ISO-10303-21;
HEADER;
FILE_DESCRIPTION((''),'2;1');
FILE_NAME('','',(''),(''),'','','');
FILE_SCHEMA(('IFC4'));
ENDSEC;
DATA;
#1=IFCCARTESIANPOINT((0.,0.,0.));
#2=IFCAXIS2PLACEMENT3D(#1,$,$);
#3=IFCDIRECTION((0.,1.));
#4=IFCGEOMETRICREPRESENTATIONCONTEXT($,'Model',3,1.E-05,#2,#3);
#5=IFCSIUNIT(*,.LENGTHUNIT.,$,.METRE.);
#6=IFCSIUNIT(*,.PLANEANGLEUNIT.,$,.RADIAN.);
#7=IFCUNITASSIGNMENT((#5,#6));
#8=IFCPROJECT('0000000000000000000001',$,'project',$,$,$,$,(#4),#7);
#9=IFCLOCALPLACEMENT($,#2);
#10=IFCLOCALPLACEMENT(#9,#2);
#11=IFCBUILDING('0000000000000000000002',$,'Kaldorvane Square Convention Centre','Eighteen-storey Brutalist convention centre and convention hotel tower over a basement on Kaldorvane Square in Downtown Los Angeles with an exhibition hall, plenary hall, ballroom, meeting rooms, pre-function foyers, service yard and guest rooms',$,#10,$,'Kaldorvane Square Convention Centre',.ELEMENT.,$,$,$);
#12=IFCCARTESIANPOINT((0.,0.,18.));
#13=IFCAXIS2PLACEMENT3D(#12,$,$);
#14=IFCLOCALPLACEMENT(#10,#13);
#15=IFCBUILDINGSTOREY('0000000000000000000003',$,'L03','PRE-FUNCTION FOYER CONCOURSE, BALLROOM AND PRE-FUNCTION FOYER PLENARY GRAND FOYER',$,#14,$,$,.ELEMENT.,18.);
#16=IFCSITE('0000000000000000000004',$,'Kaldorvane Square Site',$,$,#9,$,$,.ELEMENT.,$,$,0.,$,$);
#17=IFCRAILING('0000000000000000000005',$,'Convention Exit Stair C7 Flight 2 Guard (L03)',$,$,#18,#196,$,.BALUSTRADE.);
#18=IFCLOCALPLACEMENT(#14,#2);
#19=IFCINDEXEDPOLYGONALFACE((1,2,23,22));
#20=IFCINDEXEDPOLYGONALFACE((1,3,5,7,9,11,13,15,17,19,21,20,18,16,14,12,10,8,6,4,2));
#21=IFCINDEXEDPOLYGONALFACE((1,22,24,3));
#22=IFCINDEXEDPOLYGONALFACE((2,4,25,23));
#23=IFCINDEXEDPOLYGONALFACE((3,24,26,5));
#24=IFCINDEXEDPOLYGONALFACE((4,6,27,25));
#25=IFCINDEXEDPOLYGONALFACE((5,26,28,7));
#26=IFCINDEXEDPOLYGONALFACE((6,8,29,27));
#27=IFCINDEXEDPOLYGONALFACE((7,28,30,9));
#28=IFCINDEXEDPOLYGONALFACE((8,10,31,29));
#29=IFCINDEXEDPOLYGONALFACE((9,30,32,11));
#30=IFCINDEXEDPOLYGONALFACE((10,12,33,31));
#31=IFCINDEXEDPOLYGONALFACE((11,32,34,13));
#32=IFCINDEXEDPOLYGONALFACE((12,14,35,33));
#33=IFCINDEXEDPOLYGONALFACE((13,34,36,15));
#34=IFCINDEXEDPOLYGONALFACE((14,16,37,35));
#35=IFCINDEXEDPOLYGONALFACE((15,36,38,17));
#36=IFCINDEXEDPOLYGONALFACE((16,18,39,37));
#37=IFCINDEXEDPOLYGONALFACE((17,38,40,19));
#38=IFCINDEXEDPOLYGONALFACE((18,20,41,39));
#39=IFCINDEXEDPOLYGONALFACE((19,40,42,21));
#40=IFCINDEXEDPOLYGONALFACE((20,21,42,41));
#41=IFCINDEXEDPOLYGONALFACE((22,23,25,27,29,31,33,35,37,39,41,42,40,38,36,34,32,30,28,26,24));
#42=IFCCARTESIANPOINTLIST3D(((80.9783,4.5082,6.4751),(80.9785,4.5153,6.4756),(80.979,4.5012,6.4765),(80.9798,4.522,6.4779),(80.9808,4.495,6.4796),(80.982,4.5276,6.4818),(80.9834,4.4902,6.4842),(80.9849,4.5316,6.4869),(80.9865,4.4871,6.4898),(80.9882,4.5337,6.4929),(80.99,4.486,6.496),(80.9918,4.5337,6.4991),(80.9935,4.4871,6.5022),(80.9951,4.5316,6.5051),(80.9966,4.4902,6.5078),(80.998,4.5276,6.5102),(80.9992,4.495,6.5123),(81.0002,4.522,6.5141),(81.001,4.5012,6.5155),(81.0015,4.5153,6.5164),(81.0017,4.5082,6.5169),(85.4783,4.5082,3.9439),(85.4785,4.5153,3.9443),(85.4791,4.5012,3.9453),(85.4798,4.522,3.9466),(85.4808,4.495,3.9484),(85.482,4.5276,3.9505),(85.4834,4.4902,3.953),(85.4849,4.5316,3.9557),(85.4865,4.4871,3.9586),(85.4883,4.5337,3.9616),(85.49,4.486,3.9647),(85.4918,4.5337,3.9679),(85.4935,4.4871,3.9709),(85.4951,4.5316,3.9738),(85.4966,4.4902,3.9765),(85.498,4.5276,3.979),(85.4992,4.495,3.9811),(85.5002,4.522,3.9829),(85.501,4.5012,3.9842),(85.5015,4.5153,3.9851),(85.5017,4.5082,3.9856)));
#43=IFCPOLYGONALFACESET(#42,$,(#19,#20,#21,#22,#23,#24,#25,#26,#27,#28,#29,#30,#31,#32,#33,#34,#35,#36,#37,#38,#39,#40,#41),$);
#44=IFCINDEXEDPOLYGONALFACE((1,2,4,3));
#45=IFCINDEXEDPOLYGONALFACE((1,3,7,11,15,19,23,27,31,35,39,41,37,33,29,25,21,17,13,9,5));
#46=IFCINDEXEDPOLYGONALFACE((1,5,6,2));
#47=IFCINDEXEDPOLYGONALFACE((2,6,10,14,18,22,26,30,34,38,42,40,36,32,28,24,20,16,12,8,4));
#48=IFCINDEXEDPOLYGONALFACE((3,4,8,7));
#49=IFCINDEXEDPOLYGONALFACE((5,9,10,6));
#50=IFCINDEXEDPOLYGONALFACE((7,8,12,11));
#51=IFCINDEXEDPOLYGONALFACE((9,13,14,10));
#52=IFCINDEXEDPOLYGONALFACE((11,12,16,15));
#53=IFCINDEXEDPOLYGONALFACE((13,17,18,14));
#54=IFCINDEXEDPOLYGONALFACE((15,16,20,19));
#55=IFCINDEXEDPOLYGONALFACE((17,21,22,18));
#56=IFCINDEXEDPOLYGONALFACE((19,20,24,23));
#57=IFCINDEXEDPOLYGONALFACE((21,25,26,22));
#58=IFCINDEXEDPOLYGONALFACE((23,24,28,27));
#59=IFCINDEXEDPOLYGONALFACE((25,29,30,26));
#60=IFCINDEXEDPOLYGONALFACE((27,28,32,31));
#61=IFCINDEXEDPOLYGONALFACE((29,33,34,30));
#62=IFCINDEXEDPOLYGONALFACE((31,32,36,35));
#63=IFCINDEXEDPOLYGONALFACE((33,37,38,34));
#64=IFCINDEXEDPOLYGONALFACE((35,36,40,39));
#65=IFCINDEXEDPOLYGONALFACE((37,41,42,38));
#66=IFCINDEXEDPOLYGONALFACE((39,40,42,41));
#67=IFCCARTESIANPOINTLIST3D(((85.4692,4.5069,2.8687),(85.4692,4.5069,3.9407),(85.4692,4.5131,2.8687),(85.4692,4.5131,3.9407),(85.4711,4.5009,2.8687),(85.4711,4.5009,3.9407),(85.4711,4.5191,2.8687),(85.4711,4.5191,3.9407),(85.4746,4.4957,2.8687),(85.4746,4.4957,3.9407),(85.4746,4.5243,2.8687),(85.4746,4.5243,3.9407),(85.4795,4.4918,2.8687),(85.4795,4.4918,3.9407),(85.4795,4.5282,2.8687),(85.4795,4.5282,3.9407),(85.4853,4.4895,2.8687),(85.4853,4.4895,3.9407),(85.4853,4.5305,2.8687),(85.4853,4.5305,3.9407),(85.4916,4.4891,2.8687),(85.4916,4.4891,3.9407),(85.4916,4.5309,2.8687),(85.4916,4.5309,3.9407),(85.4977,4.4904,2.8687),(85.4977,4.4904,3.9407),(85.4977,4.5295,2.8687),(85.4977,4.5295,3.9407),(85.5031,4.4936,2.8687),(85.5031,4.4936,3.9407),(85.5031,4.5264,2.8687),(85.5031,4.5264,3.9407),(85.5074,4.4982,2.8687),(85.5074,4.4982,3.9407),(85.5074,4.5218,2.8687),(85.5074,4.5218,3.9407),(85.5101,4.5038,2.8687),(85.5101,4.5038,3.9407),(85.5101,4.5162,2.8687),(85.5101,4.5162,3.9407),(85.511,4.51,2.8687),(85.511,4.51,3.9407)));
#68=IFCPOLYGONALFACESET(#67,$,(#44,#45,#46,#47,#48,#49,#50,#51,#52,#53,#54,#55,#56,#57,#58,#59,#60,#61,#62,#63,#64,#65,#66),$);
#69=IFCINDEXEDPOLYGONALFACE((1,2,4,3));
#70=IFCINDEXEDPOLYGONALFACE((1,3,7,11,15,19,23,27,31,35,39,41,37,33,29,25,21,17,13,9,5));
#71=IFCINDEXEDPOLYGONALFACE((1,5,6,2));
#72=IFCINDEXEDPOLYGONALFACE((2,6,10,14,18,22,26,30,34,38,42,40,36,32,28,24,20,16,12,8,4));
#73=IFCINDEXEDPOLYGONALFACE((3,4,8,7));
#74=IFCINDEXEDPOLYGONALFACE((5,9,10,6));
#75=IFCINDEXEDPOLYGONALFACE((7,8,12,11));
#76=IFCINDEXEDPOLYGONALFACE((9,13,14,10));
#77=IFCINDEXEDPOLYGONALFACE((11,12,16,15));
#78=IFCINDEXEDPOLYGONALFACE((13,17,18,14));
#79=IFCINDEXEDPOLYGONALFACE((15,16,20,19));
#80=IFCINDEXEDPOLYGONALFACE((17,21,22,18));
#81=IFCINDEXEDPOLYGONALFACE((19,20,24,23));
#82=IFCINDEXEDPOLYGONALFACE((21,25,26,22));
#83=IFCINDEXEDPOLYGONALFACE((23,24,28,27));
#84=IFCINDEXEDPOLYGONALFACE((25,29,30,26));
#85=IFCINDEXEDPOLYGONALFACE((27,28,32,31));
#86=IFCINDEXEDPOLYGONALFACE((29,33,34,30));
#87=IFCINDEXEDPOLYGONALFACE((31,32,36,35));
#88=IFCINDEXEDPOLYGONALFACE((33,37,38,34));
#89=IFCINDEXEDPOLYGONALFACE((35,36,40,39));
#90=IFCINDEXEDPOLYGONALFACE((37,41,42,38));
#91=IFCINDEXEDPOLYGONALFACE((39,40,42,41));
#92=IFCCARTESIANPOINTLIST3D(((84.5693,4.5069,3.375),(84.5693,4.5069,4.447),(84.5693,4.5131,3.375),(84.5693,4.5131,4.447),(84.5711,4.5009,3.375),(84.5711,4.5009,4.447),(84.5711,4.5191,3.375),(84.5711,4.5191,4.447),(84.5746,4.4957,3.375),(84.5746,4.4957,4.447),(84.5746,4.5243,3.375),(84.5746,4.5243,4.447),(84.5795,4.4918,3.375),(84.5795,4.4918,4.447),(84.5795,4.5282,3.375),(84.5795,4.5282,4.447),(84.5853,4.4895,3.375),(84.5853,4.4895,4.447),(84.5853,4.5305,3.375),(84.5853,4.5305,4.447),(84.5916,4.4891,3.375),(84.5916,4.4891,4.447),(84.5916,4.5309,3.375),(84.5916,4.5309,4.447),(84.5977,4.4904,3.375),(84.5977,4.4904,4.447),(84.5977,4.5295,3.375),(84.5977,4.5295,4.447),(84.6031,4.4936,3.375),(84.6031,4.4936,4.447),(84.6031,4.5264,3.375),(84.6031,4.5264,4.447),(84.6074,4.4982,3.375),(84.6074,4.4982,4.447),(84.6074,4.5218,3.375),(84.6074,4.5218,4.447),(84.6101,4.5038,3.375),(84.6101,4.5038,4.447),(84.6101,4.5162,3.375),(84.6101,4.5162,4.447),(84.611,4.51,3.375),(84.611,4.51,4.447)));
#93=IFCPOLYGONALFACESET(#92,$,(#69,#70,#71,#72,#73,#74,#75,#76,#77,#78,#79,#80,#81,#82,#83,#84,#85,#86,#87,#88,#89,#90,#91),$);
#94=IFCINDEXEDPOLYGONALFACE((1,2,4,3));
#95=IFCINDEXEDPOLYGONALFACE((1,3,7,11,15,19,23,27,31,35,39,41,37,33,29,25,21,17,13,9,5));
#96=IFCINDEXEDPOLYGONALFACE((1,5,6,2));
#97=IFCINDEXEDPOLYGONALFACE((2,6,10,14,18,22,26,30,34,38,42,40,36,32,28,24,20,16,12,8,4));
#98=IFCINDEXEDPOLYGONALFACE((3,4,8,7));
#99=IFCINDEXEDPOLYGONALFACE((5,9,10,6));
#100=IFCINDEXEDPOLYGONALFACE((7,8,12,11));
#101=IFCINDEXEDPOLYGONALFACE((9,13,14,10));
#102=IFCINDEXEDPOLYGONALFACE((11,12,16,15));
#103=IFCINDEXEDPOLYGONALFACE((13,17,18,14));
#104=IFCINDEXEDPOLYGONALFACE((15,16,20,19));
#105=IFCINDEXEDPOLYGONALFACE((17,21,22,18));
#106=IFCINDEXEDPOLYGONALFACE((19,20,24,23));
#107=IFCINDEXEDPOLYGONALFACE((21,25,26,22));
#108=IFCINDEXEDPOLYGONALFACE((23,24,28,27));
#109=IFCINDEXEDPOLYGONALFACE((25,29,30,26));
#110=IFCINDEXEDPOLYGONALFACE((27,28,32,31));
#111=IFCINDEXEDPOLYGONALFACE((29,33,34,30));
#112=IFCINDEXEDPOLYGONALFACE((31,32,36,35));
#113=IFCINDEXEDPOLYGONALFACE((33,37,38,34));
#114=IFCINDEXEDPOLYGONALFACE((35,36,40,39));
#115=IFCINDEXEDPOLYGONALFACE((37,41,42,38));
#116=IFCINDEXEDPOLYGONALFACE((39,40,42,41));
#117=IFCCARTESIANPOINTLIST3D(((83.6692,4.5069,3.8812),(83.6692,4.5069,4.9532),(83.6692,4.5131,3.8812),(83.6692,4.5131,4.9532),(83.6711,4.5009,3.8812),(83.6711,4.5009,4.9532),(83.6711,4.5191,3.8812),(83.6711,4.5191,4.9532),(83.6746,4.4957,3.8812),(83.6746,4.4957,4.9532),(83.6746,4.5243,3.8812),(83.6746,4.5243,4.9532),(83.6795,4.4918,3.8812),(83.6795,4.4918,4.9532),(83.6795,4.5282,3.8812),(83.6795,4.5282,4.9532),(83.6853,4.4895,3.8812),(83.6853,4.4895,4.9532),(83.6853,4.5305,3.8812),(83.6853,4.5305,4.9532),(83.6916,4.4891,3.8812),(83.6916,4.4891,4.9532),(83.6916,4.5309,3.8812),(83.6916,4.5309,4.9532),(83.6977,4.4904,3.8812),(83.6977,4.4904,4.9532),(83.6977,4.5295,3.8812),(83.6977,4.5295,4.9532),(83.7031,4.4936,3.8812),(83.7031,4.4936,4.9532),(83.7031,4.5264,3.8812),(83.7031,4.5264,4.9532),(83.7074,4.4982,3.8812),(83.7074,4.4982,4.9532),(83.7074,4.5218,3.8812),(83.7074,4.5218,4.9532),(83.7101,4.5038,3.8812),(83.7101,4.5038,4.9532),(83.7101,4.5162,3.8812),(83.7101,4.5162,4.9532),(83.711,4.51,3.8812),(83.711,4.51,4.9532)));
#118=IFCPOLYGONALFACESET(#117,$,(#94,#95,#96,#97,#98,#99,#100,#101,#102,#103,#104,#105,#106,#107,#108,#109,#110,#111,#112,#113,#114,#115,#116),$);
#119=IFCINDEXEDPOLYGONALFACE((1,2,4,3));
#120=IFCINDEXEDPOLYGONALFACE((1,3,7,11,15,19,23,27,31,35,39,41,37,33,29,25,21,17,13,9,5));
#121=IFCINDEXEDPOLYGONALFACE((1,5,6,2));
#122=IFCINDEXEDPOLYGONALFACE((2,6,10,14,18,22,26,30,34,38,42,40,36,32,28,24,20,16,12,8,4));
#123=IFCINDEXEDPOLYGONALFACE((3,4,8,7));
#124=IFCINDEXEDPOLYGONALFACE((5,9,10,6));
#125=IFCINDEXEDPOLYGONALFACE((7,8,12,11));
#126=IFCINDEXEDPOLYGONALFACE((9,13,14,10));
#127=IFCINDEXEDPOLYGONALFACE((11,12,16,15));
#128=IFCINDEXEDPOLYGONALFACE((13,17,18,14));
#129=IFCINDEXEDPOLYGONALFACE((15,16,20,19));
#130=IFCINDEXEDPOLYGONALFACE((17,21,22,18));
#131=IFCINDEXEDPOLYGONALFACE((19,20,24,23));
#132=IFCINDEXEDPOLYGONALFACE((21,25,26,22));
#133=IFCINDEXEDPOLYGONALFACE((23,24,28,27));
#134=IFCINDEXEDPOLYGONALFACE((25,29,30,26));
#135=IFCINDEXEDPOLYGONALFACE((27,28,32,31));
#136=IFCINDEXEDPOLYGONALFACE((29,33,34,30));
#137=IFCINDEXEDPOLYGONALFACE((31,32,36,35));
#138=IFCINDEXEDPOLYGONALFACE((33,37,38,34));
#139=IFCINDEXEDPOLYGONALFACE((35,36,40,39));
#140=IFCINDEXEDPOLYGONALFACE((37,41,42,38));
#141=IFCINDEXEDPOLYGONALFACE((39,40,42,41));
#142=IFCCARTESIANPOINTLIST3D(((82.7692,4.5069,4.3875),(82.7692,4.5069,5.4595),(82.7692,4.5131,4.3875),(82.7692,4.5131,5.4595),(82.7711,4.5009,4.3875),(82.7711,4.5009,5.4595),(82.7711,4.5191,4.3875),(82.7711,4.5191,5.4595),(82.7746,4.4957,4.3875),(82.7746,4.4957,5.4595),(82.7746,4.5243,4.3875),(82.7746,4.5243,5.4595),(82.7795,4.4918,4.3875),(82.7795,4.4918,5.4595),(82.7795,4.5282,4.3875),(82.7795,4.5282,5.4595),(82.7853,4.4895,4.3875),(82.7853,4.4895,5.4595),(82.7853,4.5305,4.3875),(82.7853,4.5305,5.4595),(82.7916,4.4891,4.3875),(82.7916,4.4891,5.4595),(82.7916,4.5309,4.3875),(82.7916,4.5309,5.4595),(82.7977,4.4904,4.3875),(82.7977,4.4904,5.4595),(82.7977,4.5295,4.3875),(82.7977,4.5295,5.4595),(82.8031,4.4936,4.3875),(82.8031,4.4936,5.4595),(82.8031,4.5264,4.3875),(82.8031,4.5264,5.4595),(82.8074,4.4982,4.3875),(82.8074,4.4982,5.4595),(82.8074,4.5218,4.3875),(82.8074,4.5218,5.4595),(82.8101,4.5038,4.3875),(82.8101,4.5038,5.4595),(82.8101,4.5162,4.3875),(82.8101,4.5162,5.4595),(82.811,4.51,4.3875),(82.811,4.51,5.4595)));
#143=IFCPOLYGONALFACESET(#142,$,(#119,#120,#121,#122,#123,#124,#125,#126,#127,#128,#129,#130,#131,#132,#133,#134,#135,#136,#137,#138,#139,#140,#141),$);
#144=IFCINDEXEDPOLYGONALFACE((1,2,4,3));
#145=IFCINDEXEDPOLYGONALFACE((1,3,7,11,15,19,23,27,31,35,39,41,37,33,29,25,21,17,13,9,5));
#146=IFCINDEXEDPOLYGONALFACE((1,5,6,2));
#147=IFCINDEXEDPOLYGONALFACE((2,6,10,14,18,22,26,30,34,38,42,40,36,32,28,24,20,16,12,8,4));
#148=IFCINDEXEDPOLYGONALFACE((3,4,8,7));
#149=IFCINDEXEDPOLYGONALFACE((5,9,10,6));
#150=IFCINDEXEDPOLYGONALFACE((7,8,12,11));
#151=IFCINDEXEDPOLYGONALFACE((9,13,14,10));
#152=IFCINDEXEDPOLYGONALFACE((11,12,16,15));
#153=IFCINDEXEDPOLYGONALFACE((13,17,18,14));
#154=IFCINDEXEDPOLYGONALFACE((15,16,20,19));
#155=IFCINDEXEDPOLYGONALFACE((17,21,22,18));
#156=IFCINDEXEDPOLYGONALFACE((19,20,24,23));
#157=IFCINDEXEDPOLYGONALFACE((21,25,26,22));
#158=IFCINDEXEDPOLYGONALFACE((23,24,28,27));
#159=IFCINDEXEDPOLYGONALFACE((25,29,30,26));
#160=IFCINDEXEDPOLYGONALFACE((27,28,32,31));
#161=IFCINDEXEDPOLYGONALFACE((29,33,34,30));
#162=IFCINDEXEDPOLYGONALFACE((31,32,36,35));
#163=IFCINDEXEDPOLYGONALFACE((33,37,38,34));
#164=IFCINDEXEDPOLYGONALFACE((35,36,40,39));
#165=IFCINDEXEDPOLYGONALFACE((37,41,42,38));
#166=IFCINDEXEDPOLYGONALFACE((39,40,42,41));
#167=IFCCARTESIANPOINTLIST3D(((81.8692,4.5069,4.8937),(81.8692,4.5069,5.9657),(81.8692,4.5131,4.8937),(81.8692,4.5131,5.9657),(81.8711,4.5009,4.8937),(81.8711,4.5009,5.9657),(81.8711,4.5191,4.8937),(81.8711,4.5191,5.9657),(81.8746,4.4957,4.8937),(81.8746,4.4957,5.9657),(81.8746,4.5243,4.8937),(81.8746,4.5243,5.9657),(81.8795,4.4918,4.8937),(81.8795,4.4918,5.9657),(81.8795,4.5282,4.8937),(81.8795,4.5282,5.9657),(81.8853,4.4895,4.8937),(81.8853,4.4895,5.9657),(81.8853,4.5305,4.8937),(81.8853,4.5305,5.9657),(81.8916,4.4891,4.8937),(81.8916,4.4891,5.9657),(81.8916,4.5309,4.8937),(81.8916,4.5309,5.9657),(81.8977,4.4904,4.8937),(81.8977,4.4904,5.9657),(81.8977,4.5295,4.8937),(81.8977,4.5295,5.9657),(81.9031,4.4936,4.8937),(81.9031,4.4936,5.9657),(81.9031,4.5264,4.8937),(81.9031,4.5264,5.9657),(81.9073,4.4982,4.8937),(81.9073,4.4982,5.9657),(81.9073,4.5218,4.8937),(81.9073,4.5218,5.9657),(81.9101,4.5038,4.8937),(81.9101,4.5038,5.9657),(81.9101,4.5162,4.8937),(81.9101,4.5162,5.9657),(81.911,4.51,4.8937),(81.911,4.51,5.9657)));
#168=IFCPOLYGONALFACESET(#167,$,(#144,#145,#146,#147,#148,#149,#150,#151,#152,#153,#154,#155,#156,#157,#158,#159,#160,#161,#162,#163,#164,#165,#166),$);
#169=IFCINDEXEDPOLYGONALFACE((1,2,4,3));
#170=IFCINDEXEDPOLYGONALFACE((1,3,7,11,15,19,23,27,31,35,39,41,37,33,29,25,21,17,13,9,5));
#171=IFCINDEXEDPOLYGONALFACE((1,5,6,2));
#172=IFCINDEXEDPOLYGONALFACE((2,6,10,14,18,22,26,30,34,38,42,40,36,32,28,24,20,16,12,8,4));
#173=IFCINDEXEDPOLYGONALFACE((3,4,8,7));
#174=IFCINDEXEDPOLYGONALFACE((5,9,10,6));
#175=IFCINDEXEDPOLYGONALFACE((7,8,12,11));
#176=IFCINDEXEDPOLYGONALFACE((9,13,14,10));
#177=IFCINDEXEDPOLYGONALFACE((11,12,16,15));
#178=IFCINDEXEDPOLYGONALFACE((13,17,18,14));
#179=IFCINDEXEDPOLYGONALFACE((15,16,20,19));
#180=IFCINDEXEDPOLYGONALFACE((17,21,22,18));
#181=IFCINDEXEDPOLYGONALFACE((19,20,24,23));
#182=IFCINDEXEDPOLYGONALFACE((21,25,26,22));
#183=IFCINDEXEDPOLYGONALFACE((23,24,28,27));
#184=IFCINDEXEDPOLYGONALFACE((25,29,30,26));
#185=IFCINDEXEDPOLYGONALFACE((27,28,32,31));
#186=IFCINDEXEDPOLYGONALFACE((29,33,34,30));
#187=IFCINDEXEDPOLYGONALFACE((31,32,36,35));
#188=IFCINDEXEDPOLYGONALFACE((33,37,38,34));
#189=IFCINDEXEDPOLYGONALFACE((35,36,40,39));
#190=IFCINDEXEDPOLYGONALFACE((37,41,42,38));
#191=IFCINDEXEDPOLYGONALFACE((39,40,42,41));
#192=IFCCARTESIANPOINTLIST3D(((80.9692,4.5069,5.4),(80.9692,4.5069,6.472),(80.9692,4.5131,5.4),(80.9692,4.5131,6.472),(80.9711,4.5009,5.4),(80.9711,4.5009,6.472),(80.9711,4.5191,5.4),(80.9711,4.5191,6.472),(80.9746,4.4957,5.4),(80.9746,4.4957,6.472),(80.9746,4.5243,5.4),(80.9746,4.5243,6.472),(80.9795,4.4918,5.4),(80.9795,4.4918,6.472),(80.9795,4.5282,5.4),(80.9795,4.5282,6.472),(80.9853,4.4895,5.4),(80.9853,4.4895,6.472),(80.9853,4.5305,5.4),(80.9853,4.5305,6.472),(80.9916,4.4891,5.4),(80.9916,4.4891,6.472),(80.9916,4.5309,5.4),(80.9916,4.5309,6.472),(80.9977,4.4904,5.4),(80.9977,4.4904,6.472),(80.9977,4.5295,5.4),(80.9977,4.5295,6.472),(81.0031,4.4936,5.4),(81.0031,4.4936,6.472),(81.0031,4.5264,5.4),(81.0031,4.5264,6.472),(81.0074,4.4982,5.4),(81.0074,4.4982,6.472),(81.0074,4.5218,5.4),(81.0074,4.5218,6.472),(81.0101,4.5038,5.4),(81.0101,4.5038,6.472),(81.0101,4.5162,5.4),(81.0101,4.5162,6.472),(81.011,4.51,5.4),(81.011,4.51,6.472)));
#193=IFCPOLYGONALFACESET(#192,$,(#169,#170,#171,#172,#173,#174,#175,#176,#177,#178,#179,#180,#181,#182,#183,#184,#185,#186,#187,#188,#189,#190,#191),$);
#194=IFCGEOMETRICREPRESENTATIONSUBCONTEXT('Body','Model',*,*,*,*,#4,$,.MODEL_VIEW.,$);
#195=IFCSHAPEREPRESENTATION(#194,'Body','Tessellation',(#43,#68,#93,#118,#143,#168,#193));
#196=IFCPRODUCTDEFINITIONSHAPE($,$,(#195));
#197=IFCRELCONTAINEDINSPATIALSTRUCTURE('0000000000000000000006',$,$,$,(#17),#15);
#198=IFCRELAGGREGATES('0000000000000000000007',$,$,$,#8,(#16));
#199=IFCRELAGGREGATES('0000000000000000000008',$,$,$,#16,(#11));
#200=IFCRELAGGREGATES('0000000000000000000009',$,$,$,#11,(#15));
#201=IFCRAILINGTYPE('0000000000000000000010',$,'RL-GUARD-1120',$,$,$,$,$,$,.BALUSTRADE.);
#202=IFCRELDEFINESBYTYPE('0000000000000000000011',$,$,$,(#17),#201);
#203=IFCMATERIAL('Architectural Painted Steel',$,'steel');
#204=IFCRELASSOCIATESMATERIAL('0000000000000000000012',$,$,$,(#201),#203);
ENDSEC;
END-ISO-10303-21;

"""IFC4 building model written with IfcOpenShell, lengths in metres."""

from ifc_helpers import new_model, si_unit, direction, frame, origin, origin_2d, place, context, subcontext, project, spatial, circle, extrude, material, type_object, element, save


model = new_model("IFC4")

# Units and contexts
model_context = context("Model", 3, precision=1e-05, world=origin(), true_north=direction((0.0, 1.0)))
body_context = subcontext(model_context, "Body", "Model", "MODEL_VIEW")
ifc_project = project(units=[si_unit("LENGTHUNIT", "METRE"), si_unit("PLANEANGLEUNIT", "RADIAN")], contexts=[model_context])

# Site, building, storey
site_placement = place(None, origin())
site = spatial("IfcSite", under=ifc_project, at=site_placement, Name="Kaldorvane Square Site", CompositionType="ELEMENT", RefElevation=0.0)
building_placement = place(site_placement, origin())
building = spatial("IfcBuilding", under=site, at=building_placement, Name="Kaldorvane Square Convention Centre", Description="Eighteen-storey Brutalist convention centre and convention hotel tower over a basement on Kaldorvane Square in Downtown Los Angeles with an exhibition hall, plenary hall, ballroom, meeting rooms, pre-function foyers, service yard and guest rooms", LongName="Kaldorvane Square Convention Centre", CompositionType="ELEMENT")
storey_placement = place(building_placement, frame((0.0, 0.0, 18.0)))
storey = spatial("IfcBuildingStorey", under=building, at=storey_placement, Name="L03", Description="PRE-FUNCTION FOYER CONCOURSE, BALLROOM AND PRE-FUNCTION FOYER PLENARY GRAND FOYER", CompositionType="ELEMENT", Elevation=18.0)

# Railing
ifc_material_1 = material(Name="Architectural Painted Steel", Category="steel")
railing_type_1 = type_object("IfcRailingType", Name="RL-GUARD-1120", PredefinedType="BALUSTRADE", material=ifc_material_1)
railing_1_placement = place(storey_placement, frame((85.49, 4.51, 2.8687)))
element("IfcRailing", 1, at=railing_1_placement, inside=storey, type_object=railing_type_1, Name="Convention Exit Stair C7 Flight 2 Guard (L03)", PredefinedType="BALUSTRADE", context=body_context, shape_type="SweptSolid", body=[
    extrude(circle(Radius=0.024, at=origin_2d()), frame((0.0, 0.0, 1.096), z_axis=(-0.871576, 0.0, 0.490261), x_axis=(0.0, -1.0, 0.0)), (0.0, 0.0, 1.0), 5.1631),
    extrude(circle(Radius=0.021, at=origin_2d()), origin(), (0.0, 0.0, 1.0), 1.072),
    extrude(circle(Radius=0.021, at=origin_2d()), frame((-0.9, 0.0, 0.5063)), (0.0, 0.0, 1.0), 1.072),
    extrude(circle(Radius=0.021, at=origin_2d()), frame((-1.8, 0.0, 1.0125)), (0.0, 0.0, 1.0), 1.072),
    extrude(circle(Radius=0.021, at=origin_2d()), frame((-2.7, 0.0, 1.5188)), (0.0, 0.0, 1.0), 1.072),
    extrude(circle(Radius=0.021, at=origin_2d()), frame((-3.6, 0.0, 2.025)), (0.0, 0.0, 1.0), 1.072),
    extrude(circle(Radius=0.021, at=origin_2d()), frame((-4.5, 0.0, 2.5312)), (0.0, 0.0, 1.0), 1.072),
])

save(model, "model.ifc")
